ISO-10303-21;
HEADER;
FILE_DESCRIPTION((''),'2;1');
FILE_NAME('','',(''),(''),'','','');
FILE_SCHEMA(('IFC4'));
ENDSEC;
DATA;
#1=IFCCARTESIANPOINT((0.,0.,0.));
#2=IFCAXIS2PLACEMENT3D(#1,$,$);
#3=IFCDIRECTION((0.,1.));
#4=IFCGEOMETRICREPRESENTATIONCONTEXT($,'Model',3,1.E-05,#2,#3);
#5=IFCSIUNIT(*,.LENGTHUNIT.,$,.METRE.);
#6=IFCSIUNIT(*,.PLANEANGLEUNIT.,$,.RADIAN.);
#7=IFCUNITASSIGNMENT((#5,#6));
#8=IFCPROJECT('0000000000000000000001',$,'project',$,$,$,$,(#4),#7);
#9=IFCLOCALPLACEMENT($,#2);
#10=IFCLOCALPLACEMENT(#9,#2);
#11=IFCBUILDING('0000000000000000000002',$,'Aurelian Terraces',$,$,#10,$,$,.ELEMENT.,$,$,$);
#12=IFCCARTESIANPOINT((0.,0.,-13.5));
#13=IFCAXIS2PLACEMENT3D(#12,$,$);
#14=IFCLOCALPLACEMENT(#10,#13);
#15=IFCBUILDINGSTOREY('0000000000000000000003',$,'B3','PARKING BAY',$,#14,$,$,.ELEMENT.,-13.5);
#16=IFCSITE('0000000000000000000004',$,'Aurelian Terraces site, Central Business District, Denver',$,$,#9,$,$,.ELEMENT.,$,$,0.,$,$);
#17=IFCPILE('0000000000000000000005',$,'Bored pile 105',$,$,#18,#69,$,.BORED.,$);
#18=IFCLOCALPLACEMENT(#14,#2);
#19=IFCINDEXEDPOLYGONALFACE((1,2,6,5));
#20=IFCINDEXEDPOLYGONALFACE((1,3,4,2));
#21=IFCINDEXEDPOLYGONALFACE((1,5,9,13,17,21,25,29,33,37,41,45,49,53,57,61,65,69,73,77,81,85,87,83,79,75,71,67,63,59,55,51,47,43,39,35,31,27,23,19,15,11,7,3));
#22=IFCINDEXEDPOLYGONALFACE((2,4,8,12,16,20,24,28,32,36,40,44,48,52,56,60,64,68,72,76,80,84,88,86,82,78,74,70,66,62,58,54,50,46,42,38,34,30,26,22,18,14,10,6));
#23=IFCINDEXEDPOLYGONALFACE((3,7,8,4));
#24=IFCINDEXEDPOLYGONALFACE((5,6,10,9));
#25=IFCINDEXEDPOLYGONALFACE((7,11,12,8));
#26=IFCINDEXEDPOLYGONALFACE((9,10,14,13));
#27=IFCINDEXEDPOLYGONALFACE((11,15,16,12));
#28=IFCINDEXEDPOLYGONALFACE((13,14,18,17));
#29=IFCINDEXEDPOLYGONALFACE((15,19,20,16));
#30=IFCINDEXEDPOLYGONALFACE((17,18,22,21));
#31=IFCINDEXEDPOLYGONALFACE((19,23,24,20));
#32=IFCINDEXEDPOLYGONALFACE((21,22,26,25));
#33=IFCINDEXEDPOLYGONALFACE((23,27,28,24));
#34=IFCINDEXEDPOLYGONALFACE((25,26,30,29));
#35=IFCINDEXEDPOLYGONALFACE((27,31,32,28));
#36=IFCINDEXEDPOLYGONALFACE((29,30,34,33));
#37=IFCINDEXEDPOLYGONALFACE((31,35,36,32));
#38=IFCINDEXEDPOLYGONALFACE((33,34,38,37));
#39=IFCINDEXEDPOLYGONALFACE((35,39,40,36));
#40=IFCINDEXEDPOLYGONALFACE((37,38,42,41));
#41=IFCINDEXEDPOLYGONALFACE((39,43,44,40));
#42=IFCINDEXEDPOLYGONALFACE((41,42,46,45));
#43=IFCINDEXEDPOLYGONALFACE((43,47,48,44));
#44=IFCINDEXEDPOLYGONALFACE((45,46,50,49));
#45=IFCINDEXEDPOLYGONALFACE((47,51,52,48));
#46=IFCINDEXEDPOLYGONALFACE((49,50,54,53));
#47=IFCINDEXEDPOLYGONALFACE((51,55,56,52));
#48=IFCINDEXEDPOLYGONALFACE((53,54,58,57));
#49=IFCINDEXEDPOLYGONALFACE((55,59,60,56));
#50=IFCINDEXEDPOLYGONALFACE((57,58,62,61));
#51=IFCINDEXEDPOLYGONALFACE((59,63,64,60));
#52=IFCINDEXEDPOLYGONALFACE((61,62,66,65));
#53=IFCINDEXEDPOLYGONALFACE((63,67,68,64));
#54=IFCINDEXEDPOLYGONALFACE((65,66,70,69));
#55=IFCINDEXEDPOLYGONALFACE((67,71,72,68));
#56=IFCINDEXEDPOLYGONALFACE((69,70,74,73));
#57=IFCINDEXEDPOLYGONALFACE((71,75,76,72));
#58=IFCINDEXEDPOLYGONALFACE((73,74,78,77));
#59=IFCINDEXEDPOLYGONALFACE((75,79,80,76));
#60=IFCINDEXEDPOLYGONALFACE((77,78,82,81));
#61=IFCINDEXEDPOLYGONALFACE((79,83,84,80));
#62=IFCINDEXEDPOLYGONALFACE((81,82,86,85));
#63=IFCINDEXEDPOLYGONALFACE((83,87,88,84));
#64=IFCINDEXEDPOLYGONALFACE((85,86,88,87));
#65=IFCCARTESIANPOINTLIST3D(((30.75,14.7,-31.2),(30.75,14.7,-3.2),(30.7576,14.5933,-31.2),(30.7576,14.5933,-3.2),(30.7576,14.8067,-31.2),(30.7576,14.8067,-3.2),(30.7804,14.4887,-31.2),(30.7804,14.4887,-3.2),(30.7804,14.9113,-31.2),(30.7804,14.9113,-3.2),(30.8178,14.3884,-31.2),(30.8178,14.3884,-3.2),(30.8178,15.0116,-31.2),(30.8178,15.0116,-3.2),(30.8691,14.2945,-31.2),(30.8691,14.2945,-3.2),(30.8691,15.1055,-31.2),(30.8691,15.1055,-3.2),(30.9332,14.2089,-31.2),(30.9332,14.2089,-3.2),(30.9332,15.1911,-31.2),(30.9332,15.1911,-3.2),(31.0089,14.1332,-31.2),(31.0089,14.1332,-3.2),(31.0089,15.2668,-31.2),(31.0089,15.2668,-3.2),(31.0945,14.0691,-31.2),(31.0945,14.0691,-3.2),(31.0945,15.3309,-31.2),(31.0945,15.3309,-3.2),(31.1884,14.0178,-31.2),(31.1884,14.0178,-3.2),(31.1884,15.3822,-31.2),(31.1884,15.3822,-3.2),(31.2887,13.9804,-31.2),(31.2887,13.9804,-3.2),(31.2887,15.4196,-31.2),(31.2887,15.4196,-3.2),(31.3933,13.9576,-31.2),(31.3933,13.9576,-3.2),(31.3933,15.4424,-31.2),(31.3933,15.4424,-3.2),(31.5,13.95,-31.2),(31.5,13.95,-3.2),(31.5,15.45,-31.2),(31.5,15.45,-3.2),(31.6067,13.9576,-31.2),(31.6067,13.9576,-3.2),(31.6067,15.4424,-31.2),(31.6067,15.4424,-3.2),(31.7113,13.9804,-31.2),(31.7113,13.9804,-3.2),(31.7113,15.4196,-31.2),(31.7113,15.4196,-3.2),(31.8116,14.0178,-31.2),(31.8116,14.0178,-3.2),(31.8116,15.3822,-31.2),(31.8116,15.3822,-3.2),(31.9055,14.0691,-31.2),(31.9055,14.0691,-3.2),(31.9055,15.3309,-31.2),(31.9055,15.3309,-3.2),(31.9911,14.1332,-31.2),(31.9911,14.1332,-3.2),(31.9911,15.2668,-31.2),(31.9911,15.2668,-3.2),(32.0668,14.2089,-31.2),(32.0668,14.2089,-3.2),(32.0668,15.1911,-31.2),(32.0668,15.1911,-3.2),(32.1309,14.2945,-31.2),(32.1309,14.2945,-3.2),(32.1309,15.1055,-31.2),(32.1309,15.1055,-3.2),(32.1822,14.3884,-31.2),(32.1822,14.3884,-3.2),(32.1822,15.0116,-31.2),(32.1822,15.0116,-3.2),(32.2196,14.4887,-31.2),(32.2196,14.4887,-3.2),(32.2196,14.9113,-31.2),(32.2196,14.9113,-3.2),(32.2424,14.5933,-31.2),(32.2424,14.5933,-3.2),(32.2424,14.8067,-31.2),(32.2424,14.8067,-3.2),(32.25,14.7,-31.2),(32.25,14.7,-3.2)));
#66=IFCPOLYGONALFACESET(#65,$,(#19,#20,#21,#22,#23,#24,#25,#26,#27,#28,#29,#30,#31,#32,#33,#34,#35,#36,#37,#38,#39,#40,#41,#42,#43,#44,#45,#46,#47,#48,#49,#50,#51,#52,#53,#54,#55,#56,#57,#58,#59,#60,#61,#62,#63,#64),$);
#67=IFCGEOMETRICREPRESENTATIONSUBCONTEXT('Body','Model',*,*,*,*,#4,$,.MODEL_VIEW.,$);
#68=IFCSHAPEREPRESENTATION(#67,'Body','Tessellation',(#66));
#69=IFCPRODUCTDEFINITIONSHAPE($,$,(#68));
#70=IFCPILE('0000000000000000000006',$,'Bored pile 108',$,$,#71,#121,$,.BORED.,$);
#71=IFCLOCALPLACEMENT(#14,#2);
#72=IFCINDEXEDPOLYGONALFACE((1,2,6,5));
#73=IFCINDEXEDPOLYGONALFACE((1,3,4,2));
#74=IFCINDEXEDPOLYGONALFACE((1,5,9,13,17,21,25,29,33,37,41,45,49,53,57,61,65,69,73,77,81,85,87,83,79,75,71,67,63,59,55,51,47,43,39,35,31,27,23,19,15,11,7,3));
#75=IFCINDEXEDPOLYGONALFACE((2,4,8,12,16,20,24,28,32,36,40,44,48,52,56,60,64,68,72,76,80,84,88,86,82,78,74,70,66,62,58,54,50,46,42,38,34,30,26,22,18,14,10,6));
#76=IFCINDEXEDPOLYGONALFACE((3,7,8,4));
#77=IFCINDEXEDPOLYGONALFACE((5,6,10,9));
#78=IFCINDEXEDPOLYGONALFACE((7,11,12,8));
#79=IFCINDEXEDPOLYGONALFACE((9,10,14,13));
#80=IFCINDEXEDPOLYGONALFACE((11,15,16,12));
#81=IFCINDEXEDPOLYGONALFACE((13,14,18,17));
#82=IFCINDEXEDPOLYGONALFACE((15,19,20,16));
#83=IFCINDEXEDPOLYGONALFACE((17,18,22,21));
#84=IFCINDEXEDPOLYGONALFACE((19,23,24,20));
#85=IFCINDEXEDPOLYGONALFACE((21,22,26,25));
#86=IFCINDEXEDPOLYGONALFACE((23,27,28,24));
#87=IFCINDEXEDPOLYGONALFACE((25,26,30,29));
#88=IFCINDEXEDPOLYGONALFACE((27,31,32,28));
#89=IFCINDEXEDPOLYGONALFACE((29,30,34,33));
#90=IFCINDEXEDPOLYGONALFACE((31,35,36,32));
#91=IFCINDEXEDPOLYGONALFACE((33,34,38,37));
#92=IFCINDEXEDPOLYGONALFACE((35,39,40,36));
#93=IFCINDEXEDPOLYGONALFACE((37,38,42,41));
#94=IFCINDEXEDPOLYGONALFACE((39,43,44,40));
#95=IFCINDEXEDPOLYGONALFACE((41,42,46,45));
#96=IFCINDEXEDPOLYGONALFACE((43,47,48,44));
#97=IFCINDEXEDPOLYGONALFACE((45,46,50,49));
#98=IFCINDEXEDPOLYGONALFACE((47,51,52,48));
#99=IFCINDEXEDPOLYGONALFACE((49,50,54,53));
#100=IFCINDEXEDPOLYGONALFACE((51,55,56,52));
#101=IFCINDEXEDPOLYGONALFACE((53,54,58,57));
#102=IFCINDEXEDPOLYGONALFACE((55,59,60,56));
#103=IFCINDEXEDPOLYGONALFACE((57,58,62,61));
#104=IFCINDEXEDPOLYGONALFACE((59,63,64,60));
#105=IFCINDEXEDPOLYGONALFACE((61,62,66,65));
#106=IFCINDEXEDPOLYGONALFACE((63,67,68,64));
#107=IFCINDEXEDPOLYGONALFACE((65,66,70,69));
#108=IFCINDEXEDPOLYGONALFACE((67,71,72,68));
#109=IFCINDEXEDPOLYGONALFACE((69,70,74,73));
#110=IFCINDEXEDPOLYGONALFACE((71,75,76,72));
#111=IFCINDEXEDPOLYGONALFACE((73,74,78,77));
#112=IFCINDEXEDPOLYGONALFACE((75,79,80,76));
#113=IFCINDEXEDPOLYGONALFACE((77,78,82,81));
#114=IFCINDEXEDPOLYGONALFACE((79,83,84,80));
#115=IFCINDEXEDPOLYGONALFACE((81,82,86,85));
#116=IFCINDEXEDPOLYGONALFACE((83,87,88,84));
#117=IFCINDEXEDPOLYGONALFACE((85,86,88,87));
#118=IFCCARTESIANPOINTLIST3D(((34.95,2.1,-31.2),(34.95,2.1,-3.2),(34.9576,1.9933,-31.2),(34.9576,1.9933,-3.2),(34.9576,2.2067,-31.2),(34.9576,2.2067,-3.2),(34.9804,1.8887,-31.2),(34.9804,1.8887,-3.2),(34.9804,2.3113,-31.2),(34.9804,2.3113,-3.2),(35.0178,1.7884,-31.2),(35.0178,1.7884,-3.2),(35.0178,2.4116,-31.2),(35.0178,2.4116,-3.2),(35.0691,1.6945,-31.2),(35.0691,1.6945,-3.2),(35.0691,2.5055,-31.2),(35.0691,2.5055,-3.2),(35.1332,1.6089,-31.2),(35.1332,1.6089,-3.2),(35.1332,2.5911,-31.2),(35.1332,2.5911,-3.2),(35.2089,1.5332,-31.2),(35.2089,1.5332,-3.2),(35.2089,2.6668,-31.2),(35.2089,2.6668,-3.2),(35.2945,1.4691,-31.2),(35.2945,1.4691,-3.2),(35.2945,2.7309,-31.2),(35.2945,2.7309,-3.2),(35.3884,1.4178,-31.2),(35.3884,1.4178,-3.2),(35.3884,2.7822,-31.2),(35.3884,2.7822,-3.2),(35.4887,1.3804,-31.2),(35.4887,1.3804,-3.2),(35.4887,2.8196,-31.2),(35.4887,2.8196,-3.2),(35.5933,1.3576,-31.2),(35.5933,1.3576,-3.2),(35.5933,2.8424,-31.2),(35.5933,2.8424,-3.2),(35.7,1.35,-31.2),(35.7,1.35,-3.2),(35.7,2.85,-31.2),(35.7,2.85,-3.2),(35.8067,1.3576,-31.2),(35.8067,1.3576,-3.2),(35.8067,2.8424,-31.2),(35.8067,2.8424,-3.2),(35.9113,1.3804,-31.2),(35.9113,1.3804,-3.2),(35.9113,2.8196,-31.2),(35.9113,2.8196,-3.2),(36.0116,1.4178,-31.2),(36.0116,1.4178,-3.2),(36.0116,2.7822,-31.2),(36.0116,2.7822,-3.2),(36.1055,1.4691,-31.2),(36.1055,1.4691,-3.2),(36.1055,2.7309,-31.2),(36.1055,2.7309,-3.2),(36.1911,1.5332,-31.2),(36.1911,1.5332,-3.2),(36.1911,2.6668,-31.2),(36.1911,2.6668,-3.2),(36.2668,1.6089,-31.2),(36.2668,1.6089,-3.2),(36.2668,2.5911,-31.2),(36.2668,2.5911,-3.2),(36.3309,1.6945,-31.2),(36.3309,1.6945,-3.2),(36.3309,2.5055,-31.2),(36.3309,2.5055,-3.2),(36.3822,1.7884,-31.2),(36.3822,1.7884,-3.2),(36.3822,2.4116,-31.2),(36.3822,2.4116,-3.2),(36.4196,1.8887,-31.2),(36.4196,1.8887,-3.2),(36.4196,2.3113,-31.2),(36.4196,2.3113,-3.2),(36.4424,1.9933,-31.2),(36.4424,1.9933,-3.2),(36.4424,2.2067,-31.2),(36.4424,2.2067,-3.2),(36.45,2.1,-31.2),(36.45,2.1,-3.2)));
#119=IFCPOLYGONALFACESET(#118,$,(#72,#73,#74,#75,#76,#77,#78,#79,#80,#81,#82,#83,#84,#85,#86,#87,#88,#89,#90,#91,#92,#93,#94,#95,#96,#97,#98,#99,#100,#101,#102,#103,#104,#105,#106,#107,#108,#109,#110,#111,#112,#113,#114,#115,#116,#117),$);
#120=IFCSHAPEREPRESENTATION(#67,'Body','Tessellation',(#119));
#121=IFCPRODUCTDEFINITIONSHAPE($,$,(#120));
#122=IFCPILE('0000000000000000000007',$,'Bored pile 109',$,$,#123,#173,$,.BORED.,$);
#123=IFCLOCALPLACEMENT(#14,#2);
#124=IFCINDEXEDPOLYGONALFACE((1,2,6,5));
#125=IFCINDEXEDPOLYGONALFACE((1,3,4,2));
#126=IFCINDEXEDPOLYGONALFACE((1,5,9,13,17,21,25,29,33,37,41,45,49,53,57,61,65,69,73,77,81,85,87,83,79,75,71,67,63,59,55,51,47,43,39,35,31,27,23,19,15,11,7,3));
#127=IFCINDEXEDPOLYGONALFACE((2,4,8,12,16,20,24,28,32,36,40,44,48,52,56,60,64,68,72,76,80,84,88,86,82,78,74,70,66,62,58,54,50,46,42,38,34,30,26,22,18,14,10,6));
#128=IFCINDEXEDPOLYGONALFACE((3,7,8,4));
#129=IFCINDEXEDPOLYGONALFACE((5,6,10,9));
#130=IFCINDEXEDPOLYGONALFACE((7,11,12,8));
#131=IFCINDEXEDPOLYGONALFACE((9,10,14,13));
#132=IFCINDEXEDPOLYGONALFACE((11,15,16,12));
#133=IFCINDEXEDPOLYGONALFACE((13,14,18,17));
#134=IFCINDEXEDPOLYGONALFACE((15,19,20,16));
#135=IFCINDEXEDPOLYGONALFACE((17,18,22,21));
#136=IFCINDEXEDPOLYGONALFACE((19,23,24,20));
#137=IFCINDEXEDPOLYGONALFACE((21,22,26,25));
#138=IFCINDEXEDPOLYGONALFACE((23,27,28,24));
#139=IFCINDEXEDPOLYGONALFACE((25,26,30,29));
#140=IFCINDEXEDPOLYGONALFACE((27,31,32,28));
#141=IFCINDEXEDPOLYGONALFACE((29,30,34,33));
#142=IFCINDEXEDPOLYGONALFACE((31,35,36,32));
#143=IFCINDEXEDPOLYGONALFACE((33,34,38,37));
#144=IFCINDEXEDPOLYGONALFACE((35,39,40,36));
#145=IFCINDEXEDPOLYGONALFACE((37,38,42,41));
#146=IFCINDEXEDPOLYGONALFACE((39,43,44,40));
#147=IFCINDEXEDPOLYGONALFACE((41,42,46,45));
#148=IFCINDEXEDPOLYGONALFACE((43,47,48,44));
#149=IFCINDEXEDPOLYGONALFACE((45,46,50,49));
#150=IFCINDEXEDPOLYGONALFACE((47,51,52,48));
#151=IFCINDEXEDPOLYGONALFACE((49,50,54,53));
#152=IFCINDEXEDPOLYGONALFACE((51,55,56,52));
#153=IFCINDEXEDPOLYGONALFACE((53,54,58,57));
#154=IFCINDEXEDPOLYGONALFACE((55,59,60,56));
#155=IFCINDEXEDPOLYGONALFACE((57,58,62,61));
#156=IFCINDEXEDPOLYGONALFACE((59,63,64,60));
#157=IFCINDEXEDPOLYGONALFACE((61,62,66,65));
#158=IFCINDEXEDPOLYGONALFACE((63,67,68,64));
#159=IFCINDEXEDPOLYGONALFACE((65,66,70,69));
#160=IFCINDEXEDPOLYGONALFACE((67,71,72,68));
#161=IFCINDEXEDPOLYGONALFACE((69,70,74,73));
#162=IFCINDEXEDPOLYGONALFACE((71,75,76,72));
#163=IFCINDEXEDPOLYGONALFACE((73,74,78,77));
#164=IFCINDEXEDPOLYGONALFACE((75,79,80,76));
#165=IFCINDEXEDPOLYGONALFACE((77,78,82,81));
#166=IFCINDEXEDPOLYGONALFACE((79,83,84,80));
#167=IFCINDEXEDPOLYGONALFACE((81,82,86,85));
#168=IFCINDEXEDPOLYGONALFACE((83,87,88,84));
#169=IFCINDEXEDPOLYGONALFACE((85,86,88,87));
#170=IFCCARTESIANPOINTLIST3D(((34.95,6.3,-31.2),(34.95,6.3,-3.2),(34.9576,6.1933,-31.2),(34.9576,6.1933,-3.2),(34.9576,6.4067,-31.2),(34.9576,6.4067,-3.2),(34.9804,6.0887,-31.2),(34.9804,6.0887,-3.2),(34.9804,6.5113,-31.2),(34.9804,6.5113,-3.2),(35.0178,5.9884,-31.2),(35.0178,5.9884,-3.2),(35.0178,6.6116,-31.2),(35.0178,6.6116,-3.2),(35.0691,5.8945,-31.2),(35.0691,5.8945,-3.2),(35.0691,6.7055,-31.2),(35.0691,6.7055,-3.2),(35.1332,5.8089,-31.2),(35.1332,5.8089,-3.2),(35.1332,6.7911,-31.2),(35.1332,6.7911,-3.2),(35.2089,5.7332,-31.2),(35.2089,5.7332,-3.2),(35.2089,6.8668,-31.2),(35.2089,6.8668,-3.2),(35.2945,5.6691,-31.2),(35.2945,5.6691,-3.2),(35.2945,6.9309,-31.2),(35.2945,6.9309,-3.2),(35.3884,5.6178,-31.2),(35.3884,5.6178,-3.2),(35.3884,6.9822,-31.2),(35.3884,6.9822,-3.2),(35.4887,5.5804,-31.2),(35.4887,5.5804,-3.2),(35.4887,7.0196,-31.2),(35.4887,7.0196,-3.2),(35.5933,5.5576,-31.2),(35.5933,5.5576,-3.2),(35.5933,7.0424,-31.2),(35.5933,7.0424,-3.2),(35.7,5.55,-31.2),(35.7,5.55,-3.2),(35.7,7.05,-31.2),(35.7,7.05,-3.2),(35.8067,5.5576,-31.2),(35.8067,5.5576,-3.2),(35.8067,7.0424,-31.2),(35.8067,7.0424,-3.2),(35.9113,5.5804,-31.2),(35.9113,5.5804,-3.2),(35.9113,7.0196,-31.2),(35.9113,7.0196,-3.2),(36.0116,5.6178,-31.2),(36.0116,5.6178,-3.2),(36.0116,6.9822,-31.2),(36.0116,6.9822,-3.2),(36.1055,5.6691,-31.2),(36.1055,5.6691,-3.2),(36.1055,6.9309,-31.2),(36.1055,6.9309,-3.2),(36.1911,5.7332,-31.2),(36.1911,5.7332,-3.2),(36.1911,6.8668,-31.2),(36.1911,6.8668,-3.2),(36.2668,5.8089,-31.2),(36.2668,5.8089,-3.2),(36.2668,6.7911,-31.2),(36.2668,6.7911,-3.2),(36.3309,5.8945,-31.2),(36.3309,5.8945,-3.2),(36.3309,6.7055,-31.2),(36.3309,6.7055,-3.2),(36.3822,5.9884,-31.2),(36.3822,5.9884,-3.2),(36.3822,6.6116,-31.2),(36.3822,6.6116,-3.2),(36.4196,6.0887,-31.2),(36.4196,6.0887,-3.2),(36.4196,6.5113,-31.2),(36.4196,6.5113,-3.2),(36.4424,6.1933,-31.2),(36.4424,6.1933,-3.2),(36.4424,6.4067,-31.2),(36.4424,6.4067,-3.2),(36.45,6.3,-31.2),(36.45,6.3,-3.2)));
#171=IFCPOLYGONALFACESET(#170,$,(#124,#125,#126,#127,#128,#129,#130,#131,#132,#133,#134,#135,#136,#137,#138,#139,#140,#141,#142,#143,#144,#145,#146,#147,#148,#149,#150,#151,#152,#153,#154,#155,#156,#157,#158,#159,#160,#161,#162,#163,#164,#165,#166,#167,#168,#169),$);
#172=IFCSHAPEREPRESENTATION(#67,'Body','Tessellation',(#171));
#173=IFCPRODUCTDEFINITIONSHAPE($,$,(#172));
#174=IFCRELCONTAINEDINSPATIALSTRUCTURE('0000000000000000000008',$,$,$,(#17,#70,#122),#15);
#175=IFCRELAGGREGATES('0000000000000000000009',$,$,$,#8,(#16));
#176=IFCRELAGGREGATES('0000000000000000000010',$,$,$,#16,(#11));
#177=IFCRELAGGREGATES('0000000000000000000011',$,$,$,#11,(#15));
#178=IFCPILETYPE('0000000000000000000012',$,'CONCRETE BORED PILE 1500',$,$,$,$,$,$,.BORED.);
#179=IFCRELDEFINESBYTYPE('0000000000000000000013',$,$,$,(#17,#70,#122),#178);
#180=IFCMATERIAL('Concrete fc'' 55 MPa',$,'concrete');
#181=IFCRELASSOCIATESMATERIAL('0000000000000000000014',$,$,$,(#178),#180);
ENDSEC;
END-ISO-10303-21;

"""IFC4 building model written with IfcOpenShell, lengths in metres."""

from ifc_helpers import new_model, si_unit, direction, frame, origin, origin_2d, place, context, subcontext, project, spatial, circle, extrude, source, transform, mapped, material, material_profile, profile_set, type_object, element, save


model = new_model("IFC4")

# Units and contexts
model_context = context("Model", 3, precision=1e-05, world=origin(), true_north=direction((0.0, 1.0)))
body_context = subcontext(model_context, "Body", "Model", "MODEL_VIEW")
ifc_project = project(units=[si_unit("LENGTHUNIT", "METRE"), si_unit("PLANEANGLEUNIT", "RADIAN")], contexts=[model_context])

# Site, building, storey
site_placement = place(None, origin())
site = spatial("IfcSite", under=ifc_project, at=site_placement, Name="Aurelian Terraces site, Central Business District, Denver", CompositionType="ELEMENT", RefElevation=0.0)
building_placement = place(site_placement, origin())
building = spatial("IfcBuilding", under=site, at=building_placement, Name="Aurelian Terraces", CompositionType="ELEMENT")
storey_placement = place(building_placement, frame((0.0, 0.0, -13.5)))
storey = spatial("IfcBuildingStorey", under=building, at=storey_placement, Name="B3", Description="PARKING BAY", CompositionType="ELEMENT", Elevation=-13.5)

# Piles
ifc_material_1 = material(Name="Concrete fc' 55 MPa", Category="concrete")
ifc_material_profile_1 = material_profile(ifc_material_1, circle(Radius=0.75, at=origin_2d()))
ifc_profile_set_1 = profile_set([ifc_material_profile_1], Name="Concrete fc' 55 MPa")
pile_type = type_object("IfcPileType", Name="CONCRETE BORED PILE 1500", PredefinedType="BORED", material=ifc_profile_set_1)
shared_shape_1 = source(origin(), body_context, "Body", "SweptSolid", [
    extrude(circle(Radius=0.75, at=origin_2d()), origin(), (0.0, 0.0, 1.0), 28.0),
])
for number, where, z_axis, x_axis, name in (
    (1, (31.5, 14.7, -3.2), (0.0, 0.0, -1.0), (1.0, 0.0, 0.0), "Bored pile 105"),
    (2, (35.7, 2.1, -3.2), (0.0, 0.0, -1.0), (1.0, 0.0, 0.0), "Bored pile 108"),
    (3, (35.7, 6.3, -3.2), (0.0, 0.0, -1.0), (1.0, 0.0, 0.0), "Bored pile 109"),
):
    element("IfcPile", number, at=place(storey_placement, frame(where, z_axis=z_axis, x_axis=x_axis)), inside=storey, type_object=pile_type, Name=name, PredefinedType="BORED", context=body_context, shape_type="MappedRepresentation", body=[
        mapped(shared_shape_1, transform((0.0, 0.0, 0.0), scale=1.0)),
    ])

save(model, "model.ifc")
